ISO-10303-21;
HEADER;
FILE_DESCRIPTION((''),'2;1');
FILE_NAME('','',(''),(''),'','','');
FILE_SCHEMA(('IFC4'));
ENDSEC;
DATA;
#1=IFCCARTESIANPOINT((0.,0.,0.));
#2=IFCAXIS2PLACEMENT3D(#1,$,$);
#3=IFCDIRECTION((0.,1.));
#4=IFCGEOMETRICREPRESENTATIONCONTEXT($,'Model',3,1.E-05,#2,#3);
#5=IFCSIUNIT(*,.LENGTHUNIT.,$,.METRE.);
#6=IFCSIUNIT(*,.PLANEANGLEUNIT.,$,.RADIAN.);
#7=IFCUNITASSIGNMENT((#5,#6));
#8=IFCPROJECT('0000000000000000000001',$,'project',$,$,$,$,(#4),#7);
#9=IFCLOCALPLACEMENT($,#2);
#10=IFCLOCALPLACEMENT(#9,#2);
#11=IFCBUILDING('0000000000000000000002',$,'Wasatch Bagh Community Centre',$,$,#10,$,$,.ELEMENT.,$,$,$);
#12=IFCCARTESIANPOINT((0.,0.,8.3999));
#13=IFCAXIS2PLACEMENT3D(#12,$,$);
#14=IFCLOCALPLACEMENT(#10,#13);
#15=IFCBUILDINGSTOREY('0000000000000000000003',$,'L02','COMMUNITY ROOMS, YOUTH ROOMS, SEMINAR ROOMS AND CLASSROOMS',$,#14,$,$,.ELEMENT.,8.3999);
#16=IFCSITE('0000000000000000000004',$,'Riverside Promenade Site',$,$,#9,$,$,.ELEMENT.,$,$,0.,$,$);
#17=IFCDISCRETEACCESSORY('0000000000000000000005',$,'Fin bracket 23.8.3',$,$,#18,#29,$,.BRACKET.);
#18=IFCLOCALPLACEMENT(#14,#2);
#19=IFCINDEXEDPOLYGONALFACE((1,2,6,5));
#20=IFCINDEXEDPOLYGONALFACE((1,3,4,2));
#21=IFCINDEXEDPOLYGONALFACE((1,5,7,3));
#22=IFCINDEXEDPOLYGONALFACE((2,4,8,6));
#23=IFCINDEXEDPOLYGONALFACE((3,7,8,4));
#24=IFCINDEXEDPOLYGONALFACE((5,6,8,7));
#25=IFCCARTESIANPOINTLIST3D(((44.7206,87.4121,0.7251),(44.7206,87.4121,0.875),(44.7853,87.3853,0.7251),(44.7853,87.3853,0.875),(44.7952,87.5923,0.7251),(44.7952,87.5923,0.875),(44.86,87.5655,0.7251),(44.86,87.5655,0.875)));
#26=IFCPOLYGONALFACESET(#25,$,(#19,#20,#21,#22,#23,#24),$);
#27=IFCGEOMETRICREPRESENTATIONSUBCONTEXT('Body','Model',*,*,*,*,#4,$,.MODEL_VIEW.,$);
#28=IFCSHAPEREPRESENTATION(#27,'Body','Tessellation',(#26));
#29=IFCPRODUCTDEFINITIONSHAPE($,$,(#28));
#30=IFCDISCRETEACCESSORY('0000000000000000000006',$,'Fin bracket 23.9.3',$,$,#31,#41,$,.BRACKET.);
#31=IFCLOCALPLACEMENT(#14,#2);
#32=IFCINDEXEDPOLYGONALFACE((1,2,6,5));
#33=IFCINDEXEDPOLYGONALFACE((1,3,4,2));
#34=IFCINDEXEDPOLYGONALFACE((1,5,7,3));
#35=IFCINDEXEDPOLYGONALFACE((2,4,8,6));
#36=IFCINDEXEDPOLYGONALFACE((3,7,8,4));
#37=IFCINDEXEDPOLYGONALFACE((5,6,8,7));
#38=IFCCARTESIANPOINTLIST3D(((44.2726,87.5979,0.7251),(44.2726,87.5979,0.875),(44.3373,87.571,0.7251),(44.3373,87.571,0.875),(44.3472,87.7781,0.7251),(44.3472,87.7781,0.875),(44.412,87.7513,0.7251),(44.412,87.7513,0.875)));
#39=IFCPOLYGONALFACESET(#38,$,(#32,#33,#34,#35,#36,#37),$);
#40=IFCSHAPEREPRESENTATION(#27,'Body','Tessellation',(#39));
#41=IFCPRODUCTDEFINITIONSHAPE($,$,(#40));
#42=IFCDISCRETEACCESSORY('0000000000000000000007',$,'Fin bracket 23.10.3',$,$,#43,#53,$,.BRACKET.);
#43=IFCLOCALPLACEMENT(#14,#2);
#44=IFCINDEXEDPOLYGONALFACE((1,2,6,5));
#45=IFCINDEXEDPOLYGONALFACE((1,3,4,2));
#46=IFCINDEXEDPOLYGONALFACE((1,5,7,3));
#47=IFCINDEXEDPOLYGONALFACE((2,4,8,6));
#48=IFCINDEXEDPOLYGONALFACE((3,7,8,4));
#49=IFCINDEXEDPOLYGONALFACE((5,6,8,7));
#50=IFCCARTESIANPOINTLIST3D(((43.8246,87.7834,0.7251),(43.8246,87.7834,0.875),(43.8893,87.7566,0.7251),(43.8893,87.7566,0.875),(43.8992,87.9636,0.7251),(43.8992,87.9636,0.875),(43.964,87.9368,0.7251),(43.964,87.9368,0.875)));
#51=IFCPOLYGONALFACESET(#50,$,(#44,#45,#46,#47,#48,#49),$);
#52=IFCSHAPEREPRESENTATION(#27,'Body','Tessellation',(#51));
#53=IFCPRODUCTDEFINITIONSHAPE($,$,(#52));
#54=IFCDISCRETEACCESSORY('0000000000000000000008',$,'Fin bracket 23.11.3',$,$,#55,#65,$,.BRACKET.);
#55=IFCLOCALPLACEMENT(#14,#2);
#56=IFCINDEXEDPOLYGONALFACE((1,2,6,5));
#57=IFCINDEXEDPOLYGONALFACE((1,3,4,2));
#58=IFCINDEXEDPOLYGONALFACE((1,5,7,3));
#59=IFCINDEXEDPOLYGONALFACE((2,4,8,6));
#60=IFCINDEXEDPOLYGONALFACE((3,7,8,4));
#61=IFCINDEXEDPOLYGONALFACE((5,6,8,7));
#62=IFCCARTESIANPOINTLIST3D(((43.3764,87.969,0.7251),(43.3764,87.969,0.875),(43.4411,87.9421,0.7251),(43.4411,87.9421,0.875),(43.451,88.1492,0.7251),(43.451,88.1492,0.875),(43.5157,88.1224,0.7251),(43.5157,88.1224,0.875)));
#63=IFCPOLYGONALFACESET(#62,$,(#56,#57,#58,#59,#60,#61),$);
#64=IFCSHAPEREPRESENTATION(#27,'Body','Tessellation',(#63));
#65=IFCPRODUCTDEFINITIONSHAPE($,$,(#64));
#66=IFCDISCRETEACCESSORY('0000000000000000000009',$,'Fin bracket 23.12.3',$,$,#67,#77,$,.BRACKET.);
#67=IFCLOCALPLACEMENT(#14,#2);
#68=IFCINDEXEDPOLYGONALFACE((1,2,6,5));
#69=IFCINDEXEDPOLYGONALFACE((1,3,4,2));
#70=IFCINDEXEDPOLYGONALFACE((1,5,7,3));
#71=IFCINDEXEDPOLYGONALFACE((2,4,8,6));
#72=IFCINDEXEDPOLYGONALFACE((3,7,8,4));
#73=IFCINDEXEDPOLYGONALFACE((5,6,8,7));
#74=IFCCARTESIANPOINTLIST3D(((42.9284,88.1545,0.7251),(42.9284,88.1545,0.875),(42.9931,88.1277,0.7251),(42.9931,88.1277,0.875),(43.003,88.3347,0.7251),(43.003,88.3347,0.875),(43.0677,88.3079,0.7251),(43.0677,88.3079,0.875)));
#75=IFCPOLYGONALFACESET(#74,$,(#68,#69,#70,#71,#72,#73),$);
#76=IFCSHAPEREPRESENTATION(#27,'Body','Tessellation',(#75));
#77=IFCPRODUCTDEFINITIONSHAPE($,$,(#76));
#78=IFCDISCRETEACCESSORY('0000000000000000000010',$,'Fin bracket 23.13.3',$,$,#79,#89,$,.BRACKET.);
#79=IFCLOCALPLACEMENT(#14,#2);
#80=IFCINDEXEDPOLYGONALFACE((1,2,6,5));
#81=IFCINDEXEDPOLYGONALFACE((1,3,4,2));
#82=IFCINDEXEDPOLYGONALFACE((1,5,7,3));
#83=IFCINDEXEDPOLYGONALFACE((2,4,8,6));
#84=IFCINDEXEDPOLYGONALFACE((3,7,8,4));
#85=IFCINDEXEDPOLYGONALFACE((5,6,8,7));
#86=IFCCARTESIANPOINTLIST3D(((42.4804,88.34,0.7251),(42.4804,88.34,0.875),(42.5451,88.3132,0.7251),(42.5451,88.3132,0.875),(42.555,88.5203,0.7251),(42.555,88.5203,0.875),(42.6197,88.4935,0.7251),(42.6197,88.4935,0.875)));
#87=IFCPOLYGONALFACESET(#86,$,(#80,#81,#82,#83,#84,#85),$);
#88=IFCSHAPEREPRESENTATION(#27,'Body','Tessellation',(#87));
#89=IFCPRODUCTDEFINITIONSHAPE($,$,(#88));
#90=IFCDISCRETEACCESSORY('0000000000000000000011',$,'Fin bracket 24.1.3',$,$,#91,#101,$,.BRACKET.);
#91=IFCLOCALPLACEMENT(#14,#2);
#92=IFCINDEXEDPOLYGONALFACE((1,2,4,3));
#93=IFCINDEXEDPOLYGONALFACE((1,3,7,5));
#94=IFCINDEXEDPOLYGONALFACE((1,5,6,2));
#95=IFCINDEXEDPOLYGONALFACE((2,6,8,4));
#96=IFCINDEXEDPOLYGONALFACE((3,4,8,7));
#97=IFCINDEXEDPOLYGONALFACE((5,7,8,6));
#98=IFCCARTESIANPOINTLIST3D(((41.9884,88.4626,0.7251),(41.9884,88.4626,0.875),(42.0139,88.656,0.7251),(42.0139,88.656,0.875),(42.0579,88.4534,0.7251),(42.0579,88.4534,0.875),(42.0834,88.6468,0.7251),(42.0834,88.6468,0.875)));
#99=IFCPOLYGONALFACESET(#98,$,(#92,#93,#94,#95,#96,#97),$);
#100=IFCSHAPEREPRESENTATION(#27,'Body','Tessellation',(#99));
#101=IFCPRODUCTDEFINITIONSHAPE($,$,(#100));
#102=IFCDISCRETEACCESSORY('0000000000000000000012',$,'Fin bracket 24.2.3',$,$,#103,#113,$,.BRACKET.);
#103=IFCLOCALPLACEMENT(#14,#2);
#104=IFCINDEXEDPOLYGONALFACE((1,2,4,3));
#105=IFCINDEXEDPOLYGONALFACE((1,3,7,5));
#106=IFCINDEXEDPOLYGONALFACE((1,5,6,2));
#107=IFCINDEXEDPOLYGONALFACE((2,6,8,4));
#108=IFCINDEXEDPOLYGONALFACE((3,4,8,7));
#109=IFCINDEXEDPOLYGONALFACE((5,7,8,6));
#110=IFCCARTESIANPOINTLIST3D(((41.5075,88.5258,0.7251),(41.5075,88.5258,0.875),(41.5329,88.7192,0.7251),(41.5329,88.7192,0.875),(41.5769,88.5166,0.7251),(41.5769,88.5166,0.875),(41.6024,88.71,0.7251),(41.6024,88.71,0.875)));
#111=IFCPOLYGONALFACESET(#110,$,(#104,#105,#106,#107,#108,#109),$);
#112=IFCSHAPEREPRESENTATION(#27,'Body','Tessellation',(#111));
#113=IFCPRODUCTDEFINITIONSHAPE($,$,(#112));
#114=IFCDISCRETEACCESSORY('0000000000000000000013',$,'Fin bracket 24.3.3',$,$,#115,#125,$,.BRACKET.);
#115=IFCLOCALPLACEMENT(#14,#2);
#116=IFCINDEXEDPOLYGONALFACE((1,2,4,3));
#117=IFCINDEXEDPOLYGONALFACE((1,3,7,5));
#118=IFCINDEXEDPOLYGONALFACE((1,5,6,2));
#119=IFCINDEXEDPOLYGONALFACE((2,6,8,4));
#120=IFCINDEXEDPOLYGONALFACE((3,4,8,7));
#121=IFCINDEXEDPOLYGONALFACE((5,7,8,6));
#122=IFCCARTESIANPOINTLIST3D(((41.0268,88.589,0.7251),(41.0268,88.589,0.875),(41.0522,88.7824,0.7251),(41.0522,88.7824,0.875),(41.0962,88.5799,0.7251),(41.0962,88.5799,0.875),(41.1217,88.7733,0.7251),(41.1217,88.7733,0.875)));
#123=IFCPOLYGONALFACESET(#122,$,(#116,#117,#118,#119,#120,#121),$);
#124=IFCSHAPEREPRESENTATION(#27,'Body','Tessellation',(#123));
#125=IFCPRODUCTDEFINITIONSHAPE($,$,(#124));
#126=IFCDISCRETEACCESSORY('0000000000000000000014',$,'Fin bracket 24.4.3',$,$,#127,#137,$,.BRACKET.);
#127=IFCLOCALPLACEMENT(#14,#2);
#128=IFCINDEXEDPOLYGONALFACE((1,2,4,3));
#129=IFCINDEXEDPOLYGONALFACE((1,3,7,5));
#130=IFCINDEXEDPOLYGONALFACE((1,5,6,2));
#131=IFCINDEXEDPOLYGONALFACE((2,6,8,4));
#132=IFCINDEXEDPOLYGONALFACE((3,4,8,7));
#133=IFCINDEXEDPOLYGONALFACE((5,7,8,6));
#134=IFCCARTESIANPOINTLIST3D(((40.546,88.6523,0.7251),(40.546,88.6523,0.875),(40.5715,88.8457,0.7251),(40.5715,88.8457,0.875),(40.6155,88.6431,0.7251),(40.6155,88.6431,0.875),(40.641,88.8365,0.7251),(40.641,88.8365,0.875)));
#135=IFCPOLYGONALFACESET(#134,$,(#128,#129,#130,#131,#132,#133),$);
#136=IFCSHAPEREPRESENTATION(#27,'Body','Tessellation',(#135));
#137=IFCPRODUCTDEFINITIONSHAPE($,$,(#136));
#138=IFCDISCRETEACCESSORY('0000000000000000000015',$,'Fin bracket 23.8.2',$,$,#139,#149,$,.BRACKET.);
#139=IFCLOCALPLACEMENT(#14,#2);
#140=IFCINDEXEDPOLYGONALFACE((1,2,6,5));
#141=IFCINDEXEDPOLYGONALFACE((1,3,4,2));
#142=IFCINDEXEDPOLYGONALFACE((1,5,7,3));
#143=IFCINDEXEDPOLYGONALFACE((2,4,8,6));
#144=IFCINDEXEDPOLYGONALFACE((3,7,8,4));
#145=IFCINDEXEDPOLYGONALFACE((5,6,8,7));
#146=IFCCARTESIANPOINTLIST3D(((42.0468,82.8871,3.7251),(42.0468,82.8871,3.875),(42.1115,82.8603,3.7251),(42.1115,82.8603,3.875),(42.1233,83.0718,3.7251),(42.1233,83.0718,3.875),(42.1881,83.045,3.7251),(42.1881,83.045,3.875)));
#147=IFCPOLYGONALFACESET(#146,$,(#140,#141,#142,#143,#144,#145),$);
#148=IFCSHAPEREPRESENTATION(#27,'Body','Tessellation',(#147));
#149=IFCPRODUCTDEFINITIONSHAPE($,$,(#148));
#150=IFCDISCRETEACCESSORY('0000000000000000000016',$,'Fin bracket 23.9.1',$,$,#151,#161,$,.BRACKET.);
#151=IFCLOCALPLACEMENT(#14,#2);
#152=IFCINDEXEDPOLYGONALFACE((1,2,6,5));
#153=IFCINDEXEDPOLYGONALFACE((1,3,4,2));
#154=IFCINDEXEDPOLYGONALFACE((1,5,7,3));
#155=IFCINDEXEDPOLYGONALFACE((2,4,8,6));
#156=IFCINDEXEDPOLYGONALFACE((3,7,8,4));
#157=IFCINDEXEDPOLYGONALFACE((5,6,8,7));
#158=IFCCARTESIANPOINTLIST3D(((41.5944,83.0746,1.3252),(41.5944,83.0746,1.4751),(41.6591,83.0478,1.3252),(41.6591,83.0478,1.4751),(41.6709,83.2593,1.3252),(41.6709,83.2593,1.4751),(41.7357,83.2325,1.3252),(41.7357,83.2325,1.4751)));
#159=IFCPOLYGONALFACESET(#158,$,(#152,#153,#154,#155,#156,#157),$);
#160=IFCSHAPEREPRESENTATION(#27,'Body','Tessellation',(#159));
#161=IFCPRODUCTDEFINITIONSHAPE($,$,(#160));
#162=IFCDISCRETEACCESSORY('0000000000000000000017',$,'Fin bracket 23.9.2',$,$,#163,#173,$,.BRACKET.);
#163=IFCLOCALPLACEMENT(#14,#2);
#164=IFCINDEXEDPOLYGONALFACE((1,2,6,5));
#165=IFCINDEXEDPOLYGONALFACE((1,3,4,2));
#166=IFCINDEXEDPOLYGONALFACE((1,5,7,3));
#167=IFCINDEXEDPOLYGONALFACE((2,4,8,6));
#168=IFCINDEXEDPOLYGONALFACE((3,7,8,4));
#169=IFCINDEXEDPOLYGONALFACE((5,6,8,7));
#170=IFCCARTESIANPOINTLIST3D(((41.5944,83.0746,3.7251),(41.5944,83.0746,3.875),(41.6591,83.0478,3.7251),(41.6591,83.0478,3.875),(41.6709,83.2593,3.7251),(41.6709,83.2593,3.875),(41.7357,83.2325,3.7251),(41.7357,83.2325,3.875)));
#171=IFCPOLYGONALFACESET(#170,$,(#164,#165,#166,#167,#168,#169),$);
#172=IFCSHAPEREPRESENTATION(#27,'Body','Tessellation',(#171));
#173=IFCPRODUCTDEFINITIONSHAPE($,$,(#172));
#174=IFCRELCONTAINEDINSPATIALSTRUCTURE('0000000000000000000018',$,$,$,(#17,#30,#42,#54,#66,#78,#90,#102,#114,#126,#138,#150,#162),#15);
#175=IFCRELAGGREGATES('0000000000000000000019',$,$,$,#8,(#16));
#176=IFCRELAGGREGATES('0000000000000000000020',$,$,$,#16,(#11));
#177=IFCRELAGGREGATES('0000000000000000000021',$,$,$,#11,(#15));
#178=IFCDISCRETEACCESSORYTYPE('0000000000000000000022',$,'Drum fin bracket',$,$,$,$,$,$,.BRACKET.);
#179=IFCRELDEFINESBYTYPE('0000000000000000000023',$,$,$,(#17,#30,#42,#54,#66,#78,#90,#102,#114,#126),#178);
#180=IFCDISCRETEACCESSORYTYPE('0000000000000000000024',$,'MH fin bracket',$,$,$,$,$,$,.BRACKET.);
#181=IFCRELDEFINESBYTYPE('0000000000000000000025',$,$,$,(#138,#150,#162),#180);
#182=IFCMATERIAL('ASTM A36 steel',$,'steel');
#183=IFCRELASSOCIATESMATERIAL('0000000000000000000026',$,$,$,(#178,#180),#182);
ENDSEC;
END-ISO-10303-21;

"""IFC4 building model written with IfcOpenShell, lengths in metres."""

from ifc_helpers import new_model, si_unit, direction, frame, origin, origin_2d, place, context, subcontext, project, spatial, rectangle, extrude, material, type_object, element, save


model = new_model("IFC4")

# Units and contexts
model_context = context("Model", 3, precision=1e-05, world=origin(), true_north=direction((0.0, 1.0)))
body_context = subcontext(model_context, "Body", "Model", "MODEL_VIEW")
ifc_project = project(units=[si_unit("LENGTHUNIT", "METRE"), si_unit("PLANEANGLEUNIT", "RADIAN")], contexts=[model_context])

# Site, building, storey
site_placement = place(None, origin())
site = spatial("IfcSite", under=ifc_project, at=site_placement, Name="Riverside Promenade Site", CompositionType="ELEMENT", RefElevation=0.0)
building_placement = place(site_placement, origin())
building = spatial("IfcBuilding", under=site, at=building_placement, Name="Wasatch Bagh Community Centre", CompositionType="ELEMENT")
storey_placement = place(building_placement, frame((0.0, 0.0, 8.3999)))
storey = spatial("IfcBuildingStorey", under=building, at=storey_placement, Name="L02", Description="COMMUNITY ROOMS, YOUTH ROOMS, SEMINAR ROOMS AND CLASSROOMS", CompositionType="ELEMENT", Elevation=8.3999)

# Discrete accessories
ifc_material_1 = material(Name="ASTM A36 steel", Category="steel")
discrete_accessory_type_1 = type_object("IfcDiscreteAccessoryType", Name="Drum fin bracket", PredefinedType="BRACKET", material=ifc_material_1)
for number, where, z_axis, x_axis, name in (
    (1, (44.7903, 87.4888, 0.7251), (0.0, 0.0, 1.0), (-0.92388, 0.382683, 0.0), "Fin bracket 23.8.3"),
    (2, (44.3423, 87.6746, 0.7251), (0.0, 0.0, 1.0), (-0.92388, 0.382683, 0.0), "Fin bracket 23.9.3"),
    (3, (43.8943, 87.8601, 0.7251), (0.0, 0.0, 1.0), (-0.92388, 0.382683, 0.0), "Fin bracket 23.10.3"),
    (4, (43.446, 88.0457, 0.7251), (0.0, 0.0, 1.0), (-0.92388, 0.382683, 0.0), "Fin bracket 23.11.3"),
    (5, (42.998, 88.2312, 0.7251), (0.0, 0.0, 1.0), (-0.92388, 0.382683, 0.0), "Fin bracket 23.12.3"),
    (6, (42.55, 88.4167, 0.7251), (0.0, 0.0, 1.0), (-0.92388, 0.382683, 0.0), "Fin bracket 23.13.3"),
    (7, (42.0359, 88.5547, 0.7251), (0.0, 0.0, 1.0), (-0.991445, 0.130526, 0.0), "Fin bracket 24.1.3"),
    (8, (41.5549, 88.6179, 0.7251), (0.0, 0.0, 1.0), (-0.991445, 0.130526, 0.0), "Fin bracket 24.2.3"),
    (9, (41.0742, 88.6812, 0.7251), (0.0, 0.0, 1.0), (-0.991445, 0.130526, 0.0), "Fin bracket 24.3.3"),
    (10, (40.5935, 88.7444, 0.7251), (0.0, 0.0, 1.0), (-0.991445, 0.130526, 0.0), "Fin bracket 24.4.3"),
):
    element("IfcDiscreteAccessory", number, at=place(storey_placement, frame(where, z_axis=z_axis, x_axis=x_axis)), inside=storey, type_object=discrete_accessory_type_1, Name=name, PredefinedType="BRACKET", context=body_context, shape_type="SweptSolid", body=[
        extrude(rectangle(XDim=0.0701, YDim=0.1951, at=origin_2d()), origin(), (0.0, 0.0, 1.0), 0.1499),
    ])
discrete_accessory_type_2 = type_object("IfcDiscreteAccessoryType", Name="MH fin bracket", PredefinedType="BRACKET", material=ifc_material_1)
for number, where, z_axis, x_axis, name in (
    (11, (42.1174, 82.9661, 3.7251), (0.0, 0.0, 1.0), (-0.92388, 0.382683, 0.0), "Fin bracket 23.8.2"),
    (12, (41.665, 83.1536, 1.3252), (0.0, 0.0, 1.0), (-0.92388, 0.382683, 0.0), "Fin bracket 23.9.1"),
    (13, (41.665, 83.1536, 3.7251), (0.0, 0.0, 1.0), (-0.92388, 0.382683, 0.0), "Fin bracket 23.9.2"),
):
    element("IfcDiscreteAccessory", number, at=place(storey_placement, frame(where, z_axis=z_axis, x_axis=x_axis)), inside=storey, type_object=discrete_accessory_type_2, Name=name, PredefinedType="BRACKET", context=body_context, shape_type="SweptSolid", body=[
        extrude(rectangle(XDim=0.0701, YDim=0.2, at=origin_2d()), origin(), (0.0, 0.0, 1.0), 0.1499),
    ])

save(model, "model.ifc")
